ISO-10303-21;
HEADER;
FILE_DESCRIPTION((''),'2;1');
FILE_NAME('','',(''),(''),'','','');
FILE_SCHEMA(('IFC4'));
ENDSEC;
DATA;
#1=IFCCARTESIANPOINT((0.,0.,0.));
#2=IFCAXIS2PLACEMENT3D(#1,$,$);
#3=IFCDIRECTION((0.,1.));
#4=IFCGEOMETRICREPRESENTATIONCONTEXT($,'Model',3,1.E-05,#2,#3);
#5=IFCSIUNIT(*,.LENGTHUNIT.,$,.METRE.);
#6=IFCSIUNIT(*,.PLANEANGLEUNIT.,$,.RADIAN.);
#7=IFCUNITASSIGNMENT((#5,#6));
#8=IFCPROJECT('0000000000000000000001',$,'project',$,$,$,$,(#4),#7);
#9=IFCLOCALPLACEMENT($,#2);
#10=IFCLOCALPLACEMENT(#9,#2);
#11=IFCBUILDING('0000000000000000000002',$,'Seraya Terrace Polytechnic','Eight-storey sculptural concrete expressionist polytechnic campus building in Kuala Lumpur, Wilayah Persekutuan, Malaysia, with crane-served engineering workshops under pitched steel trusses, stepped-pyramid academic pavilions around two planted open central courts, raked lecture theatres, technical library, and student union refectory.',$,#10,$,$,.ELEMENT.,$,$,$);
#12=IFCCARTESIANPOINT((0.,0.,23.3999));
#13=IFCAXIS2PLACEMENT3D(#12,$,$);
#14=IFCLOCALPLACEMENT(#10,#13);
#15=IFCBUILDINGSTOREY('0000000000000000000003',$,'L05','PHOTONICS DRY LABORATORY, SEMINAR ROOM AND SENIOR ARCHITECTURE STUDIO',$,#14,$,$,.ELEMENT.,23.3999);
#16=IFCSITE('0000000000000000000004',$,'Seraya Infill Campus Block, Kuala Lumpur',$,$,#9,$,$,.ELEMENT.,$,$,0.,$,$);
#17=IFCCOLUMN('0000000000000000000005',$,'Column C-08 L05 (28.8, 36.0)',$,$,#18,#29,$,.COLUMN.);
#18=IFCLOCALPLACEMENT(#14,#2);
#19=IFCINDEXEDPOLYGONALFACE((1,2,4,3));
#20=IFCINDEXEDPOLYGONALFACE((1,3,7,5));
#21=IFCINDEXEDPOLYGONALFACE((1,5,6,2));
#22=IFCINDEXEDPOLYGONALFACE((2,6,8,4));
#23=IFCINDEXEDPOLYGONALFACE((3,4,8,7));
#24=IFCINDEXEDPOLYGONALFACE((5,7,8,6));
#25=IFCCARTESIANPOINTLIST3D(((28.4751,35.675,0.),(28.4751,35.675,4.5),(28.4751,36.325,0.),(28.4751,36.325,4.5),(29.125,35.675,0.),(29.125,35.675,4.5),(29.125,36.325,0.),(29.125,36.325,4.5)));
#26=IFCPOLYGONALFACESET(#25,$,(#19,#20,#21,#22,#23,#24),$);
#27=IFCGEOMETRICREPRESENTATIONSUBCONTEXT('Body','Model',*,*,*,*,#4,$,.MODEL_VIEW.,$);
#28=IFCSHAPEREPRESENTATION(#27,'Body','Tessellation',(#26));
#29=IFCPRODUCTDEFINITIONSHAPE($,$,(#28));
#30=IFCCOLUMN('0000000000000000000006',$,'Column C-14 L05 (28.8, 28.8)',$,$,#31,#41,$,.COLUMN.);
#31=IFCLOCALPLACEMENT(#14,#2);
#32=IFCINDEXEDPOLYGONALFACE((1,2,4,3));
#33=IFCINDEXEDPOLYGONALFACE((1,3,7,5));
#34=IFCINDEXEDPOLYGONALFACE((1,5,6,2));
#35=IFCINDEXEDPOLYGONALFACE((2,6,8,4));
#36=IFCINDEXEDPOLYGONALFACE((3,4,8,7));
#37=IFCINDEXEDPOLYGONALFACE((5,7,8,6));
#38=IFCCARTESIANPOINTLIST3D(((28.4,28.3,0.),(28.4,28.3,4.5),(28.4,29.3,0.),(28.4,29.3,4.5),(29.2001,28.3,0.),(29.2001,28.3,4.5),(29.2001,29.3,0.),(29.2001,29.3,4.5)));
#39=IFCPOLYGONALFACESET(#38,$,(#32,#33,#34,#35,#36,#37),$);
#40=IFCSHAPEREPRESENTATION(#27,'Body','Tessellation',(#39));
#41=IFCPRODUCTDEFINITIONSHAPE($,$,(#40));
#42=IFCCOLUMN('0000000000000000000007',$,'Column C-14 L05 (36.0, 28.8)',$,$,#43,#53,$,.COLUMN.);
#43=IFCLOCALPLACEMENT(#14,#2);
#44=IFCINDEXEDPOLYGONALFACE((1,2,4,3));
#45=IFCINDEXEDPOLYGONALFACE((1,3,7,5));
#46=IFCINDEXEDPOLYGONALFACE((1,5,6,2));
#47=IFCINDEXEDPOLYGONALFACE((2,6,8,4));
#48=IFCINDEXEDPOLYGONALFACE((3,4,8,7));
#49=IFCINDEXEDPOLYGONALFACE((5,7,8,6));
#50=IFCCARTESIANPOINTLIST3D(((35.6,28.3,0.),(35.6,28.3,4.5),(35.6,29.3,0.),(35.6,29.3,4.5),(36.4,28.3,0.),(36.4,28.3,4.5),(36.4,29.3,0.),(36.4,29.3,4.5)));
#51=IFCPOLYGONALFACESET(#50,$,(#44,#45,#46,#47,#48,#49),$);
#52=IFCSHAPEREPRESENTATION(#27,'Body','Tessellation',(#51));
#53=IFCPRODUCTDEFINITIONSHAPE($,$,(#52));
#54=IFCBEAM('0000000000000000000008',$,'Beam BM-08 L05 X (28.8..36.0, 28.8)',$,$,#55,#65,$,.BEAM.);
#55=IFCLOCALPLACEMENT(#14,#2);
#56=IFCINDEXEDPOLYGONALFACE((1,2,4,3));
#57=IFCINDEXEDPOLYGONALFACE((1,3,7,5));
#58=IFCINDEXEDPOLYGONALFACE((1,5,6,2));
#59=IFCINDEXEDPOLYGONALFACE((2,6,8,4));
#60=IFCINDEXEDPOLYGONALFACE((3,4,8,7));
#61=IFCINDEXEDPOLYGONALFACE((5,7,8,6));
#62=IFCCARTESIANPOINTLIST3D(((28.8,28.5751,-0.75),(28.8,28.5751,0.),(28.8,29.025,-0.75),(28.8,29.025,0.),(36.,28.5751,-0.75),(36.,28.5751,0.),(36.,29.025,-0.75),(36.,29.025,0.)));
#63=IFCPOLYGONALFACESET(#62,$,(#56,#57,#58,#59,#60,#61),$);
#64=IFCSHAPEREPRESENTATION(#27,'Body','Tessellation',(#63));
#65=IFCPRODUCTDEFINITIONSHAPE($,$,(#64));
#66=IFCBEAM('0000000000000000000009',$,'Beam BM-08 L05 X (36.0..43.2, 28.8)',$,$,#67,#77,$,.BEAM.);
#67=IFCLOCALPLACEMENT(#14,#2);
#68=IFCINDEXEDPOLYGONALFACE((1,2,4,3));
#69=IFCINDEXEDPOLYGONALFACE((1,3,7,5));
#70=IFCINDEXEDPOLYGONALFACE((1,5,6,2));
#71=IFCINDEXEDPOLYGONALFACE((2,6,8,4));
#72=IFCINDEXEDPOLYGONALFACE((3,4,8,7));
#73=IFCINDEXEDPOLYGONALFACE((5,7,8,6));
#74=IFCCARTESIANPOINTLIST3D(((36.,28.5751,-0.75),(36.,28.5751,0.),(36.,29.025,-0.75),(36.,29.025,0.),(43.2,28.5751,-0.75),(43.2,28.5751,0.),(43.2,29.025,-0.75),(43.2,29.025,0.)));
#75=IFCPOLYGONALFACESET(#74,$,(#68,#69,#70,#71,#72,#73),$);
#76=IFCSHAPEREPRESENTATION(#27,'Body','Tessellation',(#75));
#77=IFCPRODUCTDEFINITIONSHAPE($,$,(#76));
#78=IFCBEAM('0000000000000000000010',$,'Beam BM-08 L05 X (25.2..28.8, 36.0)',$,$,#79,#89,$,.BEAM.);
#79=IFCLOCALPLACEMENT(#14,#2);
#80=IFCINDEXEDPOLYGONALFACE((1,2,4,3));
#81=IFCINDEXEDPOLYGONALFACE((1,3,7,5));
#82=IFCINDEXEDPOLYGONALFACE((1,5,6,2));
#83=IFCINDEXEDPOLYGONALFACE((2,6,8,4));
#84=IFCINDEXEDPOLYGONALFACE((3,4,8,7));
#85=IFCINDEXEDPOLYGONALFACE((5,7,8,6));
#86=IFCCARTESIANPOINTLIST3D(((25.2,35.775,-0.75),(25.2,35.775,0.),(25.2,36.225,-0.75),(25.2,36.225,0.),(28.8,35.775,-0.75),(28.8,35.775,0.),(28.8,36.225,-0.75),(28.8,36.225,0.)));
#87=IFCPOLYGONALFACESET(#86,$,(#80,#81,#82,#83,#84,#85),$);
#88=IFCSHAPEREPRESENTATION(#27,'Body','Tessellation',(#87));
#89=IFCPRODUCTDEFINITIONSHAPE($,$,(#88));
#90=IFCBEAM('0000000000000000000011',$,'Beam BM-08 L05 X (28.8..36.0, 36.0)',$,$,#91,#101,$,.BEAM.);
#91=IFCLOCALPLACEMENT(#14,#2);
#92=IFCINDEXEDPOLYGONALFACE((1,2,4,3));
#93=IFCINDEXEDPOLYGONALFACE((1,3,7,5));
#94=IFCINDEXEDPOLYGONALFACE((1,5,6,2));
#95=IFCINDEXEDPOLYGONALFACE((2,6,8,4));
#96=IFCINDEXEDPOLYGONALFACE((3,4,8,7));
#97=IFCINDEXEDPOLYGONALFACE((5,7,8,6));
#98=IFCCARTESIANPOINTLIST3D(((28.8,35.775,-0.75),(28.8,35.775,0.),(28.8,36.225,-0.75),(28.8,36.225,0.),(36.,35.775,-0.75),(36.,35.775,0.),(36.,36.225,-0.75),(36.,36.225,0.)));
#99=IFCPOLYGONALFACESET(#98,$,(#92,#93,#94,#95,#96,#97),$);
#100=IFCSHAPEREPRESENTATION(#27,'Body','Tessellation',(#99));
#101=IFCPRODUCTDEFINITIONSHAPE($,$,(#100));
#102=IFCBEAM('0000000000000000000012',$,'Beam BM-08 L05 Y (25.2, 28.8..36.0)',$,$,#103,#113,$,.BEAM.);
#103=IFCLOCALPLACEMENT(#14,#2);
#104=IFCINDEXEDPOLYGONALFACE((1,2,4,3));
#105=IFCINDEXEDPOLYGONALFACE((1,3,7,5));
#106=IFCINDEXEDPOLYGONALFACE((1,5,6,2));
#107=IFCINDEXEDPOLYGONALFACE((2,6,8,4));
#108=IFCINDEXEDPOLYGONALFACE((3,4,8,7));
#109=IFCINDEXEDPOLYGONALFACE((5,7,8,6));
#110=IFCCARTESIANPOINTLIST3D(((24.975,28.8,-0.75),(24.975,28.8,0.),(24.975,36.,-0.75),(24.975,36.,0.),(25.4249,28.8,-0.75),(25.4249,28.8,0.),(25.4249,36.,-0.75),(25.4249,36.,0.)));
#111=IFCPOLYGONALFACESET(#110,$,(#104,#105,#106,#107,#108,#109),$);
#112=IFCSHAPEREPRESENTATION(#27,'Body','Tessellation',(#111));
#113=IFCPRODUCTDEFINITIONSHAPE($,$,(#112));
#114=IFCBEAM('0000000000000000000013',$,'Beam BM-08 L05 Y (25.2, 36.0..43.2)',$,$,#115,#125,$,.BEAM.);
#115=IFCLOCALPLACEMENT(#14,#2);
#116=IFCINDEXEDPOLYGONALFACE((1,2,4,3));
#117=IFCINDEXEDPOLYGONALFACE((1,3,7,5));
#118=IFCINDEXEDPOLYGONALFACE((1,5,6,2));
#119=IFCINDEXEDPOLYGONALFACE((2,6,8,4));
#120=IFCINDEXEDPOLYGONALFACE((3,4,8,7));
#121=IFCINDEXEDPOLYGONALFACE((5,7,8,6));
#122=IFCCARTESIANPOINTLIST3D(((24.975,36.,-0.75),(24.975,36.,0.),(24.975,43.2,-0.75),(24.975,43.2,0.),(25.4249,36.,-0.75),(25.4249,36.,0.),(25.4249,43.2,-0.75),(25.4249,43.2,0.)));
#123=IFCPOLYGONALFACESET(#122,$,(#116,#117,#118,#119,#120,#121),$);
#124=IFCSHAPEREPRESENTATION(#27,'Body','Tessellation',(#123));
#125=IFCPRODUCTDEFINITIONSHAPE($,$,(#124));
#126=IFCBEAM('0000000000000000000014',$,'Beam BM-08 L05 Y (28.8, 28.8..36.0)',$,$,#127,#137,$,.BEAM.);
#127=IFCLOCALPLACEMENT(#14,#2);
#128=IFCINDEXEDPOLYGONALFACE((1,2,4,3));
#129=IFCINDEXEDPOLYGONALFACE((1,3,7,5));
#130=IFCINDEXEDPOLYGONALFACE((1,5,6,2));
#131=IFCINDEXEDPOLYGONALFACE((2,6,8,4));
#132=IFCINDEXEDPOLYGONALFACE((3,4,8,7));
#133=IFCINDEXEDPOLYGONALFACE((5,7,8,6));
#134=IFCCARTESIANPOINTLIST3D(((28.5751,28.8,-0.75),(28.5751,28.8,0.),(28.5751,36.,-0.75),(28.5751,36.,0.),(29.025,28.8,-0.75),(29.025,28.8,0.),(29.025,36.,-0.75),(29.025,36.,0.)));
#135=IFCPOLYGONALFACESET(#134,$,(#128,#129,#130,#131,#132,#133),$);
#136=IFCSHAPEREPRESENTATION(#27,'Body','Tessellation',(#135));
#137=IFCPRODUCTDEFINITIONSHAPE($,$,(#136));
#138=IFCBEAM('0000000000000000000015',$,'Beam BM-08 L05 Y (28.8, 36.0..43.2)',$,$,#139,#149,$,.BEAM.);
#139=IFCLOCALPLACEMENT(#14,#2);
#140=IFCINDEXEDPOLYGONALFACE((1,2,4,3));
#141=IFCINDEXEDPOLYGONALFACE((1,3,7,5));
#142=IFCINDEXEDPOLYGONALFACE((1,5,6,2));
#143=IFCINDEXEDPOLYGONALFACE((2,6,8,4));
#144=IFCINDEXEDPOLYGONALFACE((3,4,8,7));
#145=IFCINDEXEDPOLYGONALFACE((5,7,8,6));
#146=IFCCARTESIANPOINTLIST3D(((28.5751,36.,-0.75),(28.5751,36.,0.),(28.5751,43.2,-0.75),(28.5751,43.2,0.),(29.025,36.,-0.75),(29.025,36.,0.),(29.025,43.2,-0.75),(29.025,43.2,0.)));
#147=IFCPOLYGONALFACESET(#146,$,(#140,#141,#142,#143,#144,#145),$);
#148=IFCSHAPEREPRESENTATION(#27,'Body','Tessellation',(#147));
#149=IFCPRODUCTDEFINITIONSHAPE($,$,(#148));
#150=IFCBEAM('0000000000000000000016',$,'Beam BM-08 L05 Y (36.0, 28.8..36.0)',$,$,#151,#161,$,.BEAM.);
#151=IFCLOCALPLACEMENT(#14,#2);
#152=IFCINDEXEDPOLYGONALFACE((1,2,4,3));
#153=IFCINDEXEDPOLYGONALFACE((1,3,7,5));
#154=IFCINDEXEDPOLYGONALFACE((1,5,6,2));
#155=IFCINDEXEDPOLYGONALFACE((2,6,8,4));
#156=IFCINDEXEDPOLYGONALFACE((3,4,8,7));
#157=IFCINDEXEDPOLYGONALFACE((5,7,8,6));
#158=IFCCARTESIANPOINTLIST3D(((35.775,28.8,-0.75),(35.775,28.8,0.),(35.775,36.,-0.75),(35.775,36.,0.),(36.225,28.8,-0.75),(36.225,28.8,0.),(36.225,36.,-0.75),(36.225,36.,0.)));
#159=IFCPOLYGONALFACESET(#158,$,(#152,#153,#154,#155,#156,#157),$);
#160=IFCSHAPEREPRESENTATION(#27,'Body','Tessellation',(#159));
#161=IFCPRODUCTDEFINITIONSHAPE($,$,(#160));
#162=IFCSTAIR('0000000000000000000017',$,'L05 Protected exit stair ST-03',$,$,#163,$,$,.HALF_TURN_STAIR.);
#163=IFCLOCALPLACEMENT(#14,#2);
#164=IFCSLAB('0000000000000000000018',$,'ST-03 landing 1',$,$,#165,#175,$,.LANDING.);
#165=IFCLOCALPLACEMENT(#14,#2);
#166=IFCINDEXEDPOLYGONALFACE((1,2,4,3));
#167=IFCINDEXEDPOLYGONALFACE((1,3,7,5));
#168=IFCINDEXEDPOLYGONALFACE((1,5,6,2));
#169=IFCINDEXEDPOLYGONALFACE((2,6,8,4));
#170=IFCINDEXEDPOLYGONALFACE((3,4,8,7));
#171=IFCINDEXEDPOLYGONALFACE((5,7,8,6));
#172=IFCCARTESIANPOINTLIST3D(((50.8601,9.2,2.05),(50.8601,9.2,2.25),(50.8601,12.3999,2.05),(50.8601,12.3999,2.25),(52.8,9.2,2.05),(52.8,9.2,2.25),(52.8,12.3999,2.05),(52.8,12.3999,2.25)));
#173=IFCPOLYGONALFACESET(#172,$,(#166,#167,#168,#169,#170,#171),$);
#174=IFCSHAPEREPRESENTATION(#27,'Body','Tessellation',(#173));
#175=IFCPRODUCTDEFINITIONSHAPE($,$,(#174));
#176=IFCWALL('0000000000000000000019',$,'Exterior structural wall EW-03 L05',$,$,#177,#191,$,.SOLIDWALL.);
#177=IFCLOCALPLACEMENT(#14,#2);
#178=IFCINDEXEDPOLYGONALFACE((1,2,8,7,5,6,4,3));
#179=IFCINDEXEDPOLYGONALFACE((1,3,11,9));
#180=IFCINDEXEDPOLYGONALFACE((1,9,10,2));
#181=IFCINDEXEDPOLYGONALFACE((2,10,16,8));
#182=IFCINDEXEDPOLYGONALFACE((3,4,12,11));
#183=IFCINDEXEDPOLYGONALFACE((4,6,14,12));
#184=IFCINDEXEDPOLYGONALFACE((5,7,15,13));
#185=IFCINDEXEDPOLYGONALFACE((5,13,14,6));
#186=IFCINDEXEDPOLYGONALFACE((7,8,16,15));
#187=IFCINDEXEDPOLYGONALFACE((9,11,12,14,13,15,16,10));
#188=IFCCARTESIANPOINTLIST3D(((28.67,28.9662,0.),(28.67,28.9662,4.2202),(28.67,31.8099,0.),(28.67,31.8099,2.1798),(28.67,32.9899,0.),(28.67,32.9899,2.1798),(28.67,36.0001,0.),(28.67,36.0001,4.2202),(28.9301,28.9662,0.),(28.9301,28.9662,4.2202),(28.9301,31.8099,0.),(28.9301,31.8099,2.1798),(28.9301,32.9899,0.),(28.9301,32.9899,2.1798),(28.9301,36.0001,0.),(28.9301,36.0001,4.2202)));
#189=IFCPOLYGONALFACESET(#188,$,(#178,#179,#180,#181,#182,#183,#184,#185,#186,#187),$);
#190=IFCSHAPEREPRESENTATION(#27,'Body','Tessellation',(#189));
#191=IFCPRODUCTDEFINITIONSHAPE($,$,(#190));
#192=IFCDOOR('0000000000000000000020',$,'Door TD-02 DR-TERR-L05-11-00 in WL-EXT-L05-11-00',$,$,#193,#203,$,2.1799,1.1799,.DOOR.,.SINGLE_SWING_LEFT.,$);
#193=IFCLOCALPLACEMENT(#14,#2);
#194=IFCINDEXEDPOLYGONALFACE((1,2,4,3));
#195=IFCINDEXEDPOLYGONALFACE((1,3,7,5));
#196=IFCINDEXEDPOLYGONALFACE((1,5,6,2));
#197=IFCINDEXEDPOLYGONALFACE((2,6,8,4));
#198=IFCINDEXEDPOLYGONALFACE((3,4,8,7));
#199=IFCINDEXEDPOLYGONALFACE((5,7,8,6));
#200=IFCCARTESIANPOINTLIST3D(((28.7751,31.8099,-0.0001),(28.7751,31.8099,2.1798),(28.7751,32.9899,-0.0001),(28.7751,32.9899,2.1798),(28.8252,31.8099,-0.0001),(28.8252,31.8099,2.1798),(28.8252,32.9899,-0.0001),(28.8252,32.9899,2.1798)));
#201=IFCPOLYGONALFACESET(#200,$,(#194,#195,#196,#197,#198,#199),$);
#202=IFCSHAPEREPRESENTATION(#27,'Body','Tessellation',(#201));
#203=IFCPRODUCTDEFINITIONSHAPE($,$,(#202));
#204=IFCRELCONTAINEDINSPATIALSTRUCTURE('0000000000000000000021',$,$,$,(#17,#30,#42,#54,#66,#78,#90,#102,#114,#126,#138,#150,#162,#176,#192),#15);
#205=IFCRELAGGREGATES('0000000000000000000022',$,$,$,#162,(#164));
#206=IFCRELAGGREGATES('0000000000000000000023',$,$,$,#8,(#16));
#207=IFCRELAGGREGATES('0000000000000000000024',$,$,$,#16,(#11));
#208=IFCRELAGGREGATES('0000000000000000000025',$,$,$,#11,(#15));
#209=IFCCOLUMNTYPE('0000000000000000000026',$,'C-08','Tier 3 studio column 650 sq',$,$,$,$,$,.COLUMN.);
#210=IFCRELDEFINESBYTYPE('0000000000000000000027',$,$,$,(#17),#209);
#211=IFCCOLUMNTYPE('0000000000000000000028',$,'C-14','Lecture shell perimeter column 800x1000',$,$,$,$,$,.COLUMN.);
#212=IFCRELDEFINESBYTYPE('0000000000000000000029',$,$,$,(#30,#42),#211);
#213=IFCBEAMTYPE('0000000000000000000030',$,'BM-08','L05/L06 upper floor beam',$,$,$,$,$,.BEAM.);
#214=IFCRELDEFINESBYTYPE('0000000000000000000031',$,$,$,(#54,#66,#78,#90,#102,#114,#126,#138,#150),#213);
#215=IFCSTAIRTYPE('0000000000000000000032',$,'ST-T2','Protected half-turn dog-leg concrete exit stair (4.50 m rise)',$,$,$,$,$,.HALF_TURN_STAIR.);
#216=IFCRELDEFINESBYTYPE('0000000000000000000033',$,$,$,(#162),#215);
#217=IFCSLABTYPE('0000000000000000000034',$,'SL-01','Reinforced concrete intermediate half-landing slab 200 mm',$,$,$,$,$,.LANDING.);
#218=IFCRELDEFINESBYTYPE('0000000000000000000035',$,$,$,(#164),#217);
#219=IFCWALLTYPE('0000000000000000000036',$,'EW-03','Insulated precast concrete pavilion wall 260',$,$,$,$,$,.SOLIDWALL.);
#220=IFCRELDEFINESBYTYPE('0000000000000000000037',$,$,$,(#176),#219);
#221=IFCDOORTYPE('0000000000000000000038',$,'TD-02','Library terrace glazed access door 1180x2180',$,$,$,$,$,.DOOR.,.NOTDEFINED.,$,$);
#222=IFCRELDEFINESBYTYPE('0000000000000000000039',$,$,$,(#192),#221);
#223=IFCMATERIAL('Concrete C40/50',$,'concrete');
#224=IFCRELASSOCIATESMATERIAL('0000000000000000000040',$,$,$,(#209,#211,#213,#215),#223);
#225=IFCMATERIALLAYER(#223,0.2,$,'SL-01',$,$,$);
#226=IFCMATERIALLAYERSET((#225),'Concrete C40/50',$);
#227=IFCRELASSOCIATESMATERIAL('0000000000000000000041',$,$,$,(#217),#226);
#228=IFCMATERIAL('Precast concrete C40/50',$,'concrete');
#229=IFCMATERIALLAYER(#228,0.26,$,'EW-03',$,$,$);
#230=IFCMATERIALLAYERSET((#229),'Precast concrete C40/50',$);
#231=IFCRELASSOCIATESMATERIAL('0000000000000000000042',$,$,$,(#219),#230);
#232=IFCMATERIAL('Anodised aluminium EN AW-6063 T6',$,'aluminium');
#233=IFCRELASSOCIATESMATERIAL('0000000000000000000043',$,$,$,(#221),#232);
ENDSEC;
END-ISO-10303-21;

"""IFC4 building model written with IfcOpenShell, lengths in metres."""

from ifc_helpers import new_model, si_unit, direction, frame, frame_2d, origin, origin_2d, place, context, subcontext, project, spatial, polyline, rectangle, outline, extrude, material, layer, layer_set, material_profile, profile_set, type_object, element, fill, aggregate, save


model = new_model("IFC4")

# Units and contexts
model_context = context("Model", 3, precision=1e-05, world=origin(), true_north=direction((0.0, 1.0)))
body_context = subcontext(model_context, "Body", "Model", "MODEL_VIEW")
ifc_project = project(units=[si_unit("LENGTHUNIT", "METRE"), si_unit("PLANEANGLEUNIT", "RADIAN")], contexts=[model_context])

# Site, building, storey
site_placement = place(None, origin())
site = spatial("IfcSite", under=ifc_project, at=site_placement, Name="Seraya Infill Campus Block, Kuala Lumpur", CompositionType="ELEMENT", RefElevation=0.0)
building_placement = place(site_placement, origin())
building = spatial("IfcBuilding", under=site, at=building_placement, Name="Seraya Terrace Polytechnic", Description="Eight-storey sculptural concrete expressionist polytechnic campus building in Kuala Lumpur, Wilayah Persekutuan, Malaysia, with crane-served engineering workshops under pitched steel trusses, stepped-pyramid academic pavilions around two planted open central courts, raked lecture theatres, technical library, and student union refectory.", CompositionType="ELEMENT")
storey_placement = place(building_placement, frame((0.0, 0.0, 23.3999)))
storey = spatial("IfcBuildingStorey", under=building, at=storey_placement, Name="L05", Description="PHOTONICS DRY LABORATORY, SEMINAR ROOM AND SENIOR ARCHITECTURE STUDIO", CompositionType="ELEMENT", Elevation=23.3999)

# Columns
ifc_material_1 = material(Name="Concrete C40/50", Category="concrete")
ifc_material_profile_1 = material_profile(ifc_material_1, rectangle(XDim=0.6499, YDim=0.6499, at=origin_2d()), Name="RC 650x650")
ifc_profile_set_1 = profile_set([ifc_material_profile_1], Name="Concrete C40/50")
column_type_1 = type_object("IfcColumnType", Name="C-08", Description="Tier 3 studio column 650 sq", PredefinedType="COLUMN", material=ifc_profile_set_1)
column_placement = place(storey_placement, frame((28.8, 36.0, 0.0), z_axis=(0.0, 0.0, 1.0), x_axis=(1.0, 0.0, 0.0)))
element("IfcColumn", 1, at=column_placement, inside=storey, type_object=column_type_1, Name="Column C-08 L05 (28.8, 36.0)", PredefinedType="COLUMN", context=body_context, shape_type="SweptSolid", body=[
    extrude(rectangle(XDim=0.6499, YDim=0.6499, at=origin_2d()), origin(), (0.0, 0.0, 1.0), 4.5),
])
ifc_material_profile_2 = material_profile(ifc_material_1, rectangle(XDim=0.8, YDim=1.0, at=origin_2d()), Name="RC 800x1000")
ifc_profile_set_2 = profile_set([ifc_material_profile_2], Name="Concrete C40/50")
column_type_2 = type_object("IfcColumnType", Name="C-14", Description="Lecture shell perimeter column 800x1000", PredefinedType="COLUMN", material=ifc_profile_set_2)
for number, where, z_axis, x_axis, name in (
    (2, (28.8, 28.8, 0.0), (0.0, 0.0, 1.0), (1.0, 0.0, 0.0), "Column C-14 L05 (28.8, 28.8)"),
    (3, (36.0, 28.8, 0.0), (0.0, 0.0, 1.0), (1.0, 0.0, 0.0), "Column C-14 L05 (36.0, 28.8)"),
):
    element("IfcColumn", number, at=place(storey_placement, frame(where, z_axis=z_axis, x_axis=x_axis)), inside=storey, type_object=column_type_2, Name=name, PredefinedType="COLUMN", context=body_context, shape_type="SweptSolid", body=[
        extrude(rectangle(XDim=0.8, YDim=1.0, at=origin_2d()), origin(), (0.0, 0.0, 1.0), 4.5),
    ])

# Beams
ifc_material_profile_3 = material_profile(ifc_material_1, rectangle(XDim=0.45, YDim=0.75, at=origin_2d()), Name="RC 450x750")
ifc_profile_set_3 = profile_set([ifc_material_profile_3], Name="Concrete C40/50")
beam_type = type_object("IfcBeamType", Name="BM-08", Description="L05/L06 upper floor beam", PredefinedType="BEAM", material=ifc_profile_set_3)
for number, where, z_axis, x_axis, name in (
    (4, (28.8, 28.8, -0.375), (1.0, 0.0, 0.0), (0.0, 1.0, 0.0), "Beam BM-08 L05 X (28.8..36.0, 28.8)"),
    (5, (36.0, 28.8, -0.375), (1.0, 0.0, 0.0), (0.0, 1.0, 0.0), "Beam BM-08 L05 X (36.0..43.2, 28.8)"),
):
    element("IfcBeam", number, at=place(storey_placement, frame(where, z_axis=z_axis, x_axis=x_axis)), inside=storey, type_object=beam_type, Name=name, PredefinedType="BEAM", context=body_context, shape_type="SweptSolid", body=[
        extrude(rectangle(XDim=0.45, YDim=0.75, at=origin_2d()), origin(), (0.0, 0.0, 1.0), 7.2),
    ])
beam_placement = place(storey_placement, frame((25.2, 36.0, -0.375), z_axis=(1.0, 0.0, 0.0), x_axis=(0.0, 1.0, 0.0)))
element("IfcBeam", 6, at=beam_placement, inside=storey, type_object=beam_type, Name="Beam BM-08 L05 X (25.2..28.8, 36.0)", PredefinedType="BEAM", context=body_context, shape_type="SweptSolid", body=[
    extrude(rectangle(XDim=0.45, YDim=0.75, at=origin_2d()), origin(), (0.0, 0.0, 1.0), 3.6001),
])
for number, where, z_axis, x_axis, name in (
    (7, (28.8, 36.0, -0.375), (1.0, 0.0, 0.0), (0.0, 1.0, 0.0), "Beam BM-08 L05 X (28.8..36.0, 36.0)"),
    (8, (25.2, 28.8, -0.375), (0.0, 1.0, 0.0), (-1.0, 0.0, 0.0), "Beam BM-08 L05 Y (25.2, 28.8..36.0)"),
    (9, (25.2, 36.0, -0.375), (0.0, 1.0, 0.0), (-1.0, 0.0, 0.0), "Beam BM-08 L05 Y (25.2, 36.0..43.2)"),
    (10, (28.8, 28.8, -0.375), (0.0, 1.0, 0.0), (-1.0, 0.0, 0.0), "Beam BM-08 L05 Y (28.8, 28.8..36.0)"),
    (11, (28.8, 36.0, -0.375), (0.0, 1.0, 0.0), (-1.0, 0.0, 0.0), "Beam BM-08 L05 Y (28.8, 36.0..43.2)"),
    (12, (36.0, 28.8, -0.375), (0.0, 1.0, 0.0), (-1.0, 0.0, 0.0), "Beam BM-08 L05 Y (36.0, 28.8..36.0)"),
):
    element("IfcBeam", number, at=place(storey_placement, frame(where, z_axis=z_axis, x_axis=x_axis)), inside=storey, type_object=beam_type, Name=name, PredefinedType="BEAM", context=body_context, shape_type="SweptSolid", body=[
        extrude(rectangle(XDim=0.45, YDim=0.75, at=origin_2d()), origin(), (0.0, 0.0, 1.0), 7.2),
    ])

# Stair, slab
stair_type = type_object("IfcStairType", Name="ST-T2", Description="Protected half-turn dog-leg concrete exit stair (4.50 m rise)", PredefinedType="HALF_TURN_STAIR", material=ifc_material_1)
stair_placement = place(storey_placement, origin())
stair = element("IfcStair", 13, at=stair_placement, inside=storey, type_object=stair_type, Name="L05 Protected exit stair ST-03", PredefinedType="HALF_TURN_STAIR")
ifc_layer_1 = layer(ifc_material_1, 0.2, Name="SL-01")
ifc_layer_set_1 = layer_set([ifc_layer_1], Name="Concrete C40/50")
slab_type = type_object("IfcSlabType", Name="SL-01", Description="Reinforced concrete intermediate half-landing slab 200 mm", PredefinedType="LANDING", material=ifc_layer_set_1)
slab_placement = place(storey_placement, frame((0.0, 0.0, 2.05)))
slab = element("IfcSlab", 14, at=slab_placement, type_object=slab_type, Name="ST-03 landing 1", PredefinedType="LANDING", context=body_context, shape_type="SweptSolid", body=[
    extrude(outline(polyline([(50.8601, 9.2), (52.8, 9.2), (52.8, 12.3999), (50.8601, 12.3999), (50.8601, 9.2)])), origin(), (0.0, 0.0, 1.0), 0.2),
])
aggregate(stair, [slab])

# Wall, opening, door
ifc_material_2 = material(Name="Precast concrete C40/50", Category="concrete")
ifc_layer_2 = layer(ifc_material_2, 0.26, Name="EW-03")
ifc_layer_set_2 = layer_set([ifc_layer_2], Name="Precast concrete C40/50")
wall_type = type_object("IfcWallType", Name="EW-03", Description="Insulated precast concrete pavilion wall 260", PredefinedType="SOLIDWALL", material=ifc_layer_set_2)
wall_1_placement = place(storey_placement, frame((28.8, 28.9661, 0.0), z_axis=(0.0, 0.0, 1.0), x_axis=(0.0, 1.0, 0.0)))
wall_1 = element("IfcWall", 15, at=wall_1_placement, inside=storey, type_object=wall_type, Name="Exterior structural wall EW-03 L05", PredefinedType="SOLIDWALL", context=body_context, shape_type="SweptSolid", body=[
    extrude(rectangle(XDim=7.0339, YDim=0.26, at=frame_2d((3.5171, 0.0))), origin(), (0.0, 0.0, 1.0), 4.2202),
])
opening_1_placement = place(wall_1_placement, frame((2.844, 0.0, 0.0)))
opening_1 = element("IfcOpeningElement", 16, at=opening_1_placement, cuts=wall_1, PredefinedType="OPENING", context=body_context, shape_type="SweptSolid", body=[
    extrude(rectangle(XDim=1.1799, YDim=2.1799, at=frame_2d((0.5898, 1.0898))), frame((0.0, 0.1421, 0.0), z_axis=(0.0, -1.0, 0.0), x_axis=(1.0, 0.0, 0.0)), (0.0, 0.0, 1.0), 0.2839),
])
ifc_material_3 = material(Name="Anodised aluminium EN AW-6063 T6", Category="aluminium")
door_type_1 = type_object("IfcDoorType", Name="TD-02", Description="Library terrace glazed access door 1180x2180", OperationType="NOTDEFINED", PredefinedType="DOOR", material=ifc_material_3)
door_1_placement = place(opening_1_placement, origin())
door_1 = element("IfcDoor", 17, at=door_1_placement, inside=storey, type_object=door_type_1, Name="Door TD-02 DR-TERR-L05-11-00 in WL-EXT-L05-11-00", OperationType="SINGLE_SWING_LEFT", OverallHeight=2.1799, OverallWidth=1.1799, PredefinedType="DOOR", context=body_context, shape_type="SweptSolid", body=[
    extrude(rectangle(XDim=1.1799, YDim=2.1799, at=frame_2d((0.5898, 1.0898))), frame((0.0, 0.0249, 0.0), z_axis=(0.0, -1.0, 0.0), x_axis=(1.0, 0.0, 0.0)), (0.0, 0.0, 1.0), 0.05),
])
fill(opening_1, door_1)

save(model, "model.ifc")
